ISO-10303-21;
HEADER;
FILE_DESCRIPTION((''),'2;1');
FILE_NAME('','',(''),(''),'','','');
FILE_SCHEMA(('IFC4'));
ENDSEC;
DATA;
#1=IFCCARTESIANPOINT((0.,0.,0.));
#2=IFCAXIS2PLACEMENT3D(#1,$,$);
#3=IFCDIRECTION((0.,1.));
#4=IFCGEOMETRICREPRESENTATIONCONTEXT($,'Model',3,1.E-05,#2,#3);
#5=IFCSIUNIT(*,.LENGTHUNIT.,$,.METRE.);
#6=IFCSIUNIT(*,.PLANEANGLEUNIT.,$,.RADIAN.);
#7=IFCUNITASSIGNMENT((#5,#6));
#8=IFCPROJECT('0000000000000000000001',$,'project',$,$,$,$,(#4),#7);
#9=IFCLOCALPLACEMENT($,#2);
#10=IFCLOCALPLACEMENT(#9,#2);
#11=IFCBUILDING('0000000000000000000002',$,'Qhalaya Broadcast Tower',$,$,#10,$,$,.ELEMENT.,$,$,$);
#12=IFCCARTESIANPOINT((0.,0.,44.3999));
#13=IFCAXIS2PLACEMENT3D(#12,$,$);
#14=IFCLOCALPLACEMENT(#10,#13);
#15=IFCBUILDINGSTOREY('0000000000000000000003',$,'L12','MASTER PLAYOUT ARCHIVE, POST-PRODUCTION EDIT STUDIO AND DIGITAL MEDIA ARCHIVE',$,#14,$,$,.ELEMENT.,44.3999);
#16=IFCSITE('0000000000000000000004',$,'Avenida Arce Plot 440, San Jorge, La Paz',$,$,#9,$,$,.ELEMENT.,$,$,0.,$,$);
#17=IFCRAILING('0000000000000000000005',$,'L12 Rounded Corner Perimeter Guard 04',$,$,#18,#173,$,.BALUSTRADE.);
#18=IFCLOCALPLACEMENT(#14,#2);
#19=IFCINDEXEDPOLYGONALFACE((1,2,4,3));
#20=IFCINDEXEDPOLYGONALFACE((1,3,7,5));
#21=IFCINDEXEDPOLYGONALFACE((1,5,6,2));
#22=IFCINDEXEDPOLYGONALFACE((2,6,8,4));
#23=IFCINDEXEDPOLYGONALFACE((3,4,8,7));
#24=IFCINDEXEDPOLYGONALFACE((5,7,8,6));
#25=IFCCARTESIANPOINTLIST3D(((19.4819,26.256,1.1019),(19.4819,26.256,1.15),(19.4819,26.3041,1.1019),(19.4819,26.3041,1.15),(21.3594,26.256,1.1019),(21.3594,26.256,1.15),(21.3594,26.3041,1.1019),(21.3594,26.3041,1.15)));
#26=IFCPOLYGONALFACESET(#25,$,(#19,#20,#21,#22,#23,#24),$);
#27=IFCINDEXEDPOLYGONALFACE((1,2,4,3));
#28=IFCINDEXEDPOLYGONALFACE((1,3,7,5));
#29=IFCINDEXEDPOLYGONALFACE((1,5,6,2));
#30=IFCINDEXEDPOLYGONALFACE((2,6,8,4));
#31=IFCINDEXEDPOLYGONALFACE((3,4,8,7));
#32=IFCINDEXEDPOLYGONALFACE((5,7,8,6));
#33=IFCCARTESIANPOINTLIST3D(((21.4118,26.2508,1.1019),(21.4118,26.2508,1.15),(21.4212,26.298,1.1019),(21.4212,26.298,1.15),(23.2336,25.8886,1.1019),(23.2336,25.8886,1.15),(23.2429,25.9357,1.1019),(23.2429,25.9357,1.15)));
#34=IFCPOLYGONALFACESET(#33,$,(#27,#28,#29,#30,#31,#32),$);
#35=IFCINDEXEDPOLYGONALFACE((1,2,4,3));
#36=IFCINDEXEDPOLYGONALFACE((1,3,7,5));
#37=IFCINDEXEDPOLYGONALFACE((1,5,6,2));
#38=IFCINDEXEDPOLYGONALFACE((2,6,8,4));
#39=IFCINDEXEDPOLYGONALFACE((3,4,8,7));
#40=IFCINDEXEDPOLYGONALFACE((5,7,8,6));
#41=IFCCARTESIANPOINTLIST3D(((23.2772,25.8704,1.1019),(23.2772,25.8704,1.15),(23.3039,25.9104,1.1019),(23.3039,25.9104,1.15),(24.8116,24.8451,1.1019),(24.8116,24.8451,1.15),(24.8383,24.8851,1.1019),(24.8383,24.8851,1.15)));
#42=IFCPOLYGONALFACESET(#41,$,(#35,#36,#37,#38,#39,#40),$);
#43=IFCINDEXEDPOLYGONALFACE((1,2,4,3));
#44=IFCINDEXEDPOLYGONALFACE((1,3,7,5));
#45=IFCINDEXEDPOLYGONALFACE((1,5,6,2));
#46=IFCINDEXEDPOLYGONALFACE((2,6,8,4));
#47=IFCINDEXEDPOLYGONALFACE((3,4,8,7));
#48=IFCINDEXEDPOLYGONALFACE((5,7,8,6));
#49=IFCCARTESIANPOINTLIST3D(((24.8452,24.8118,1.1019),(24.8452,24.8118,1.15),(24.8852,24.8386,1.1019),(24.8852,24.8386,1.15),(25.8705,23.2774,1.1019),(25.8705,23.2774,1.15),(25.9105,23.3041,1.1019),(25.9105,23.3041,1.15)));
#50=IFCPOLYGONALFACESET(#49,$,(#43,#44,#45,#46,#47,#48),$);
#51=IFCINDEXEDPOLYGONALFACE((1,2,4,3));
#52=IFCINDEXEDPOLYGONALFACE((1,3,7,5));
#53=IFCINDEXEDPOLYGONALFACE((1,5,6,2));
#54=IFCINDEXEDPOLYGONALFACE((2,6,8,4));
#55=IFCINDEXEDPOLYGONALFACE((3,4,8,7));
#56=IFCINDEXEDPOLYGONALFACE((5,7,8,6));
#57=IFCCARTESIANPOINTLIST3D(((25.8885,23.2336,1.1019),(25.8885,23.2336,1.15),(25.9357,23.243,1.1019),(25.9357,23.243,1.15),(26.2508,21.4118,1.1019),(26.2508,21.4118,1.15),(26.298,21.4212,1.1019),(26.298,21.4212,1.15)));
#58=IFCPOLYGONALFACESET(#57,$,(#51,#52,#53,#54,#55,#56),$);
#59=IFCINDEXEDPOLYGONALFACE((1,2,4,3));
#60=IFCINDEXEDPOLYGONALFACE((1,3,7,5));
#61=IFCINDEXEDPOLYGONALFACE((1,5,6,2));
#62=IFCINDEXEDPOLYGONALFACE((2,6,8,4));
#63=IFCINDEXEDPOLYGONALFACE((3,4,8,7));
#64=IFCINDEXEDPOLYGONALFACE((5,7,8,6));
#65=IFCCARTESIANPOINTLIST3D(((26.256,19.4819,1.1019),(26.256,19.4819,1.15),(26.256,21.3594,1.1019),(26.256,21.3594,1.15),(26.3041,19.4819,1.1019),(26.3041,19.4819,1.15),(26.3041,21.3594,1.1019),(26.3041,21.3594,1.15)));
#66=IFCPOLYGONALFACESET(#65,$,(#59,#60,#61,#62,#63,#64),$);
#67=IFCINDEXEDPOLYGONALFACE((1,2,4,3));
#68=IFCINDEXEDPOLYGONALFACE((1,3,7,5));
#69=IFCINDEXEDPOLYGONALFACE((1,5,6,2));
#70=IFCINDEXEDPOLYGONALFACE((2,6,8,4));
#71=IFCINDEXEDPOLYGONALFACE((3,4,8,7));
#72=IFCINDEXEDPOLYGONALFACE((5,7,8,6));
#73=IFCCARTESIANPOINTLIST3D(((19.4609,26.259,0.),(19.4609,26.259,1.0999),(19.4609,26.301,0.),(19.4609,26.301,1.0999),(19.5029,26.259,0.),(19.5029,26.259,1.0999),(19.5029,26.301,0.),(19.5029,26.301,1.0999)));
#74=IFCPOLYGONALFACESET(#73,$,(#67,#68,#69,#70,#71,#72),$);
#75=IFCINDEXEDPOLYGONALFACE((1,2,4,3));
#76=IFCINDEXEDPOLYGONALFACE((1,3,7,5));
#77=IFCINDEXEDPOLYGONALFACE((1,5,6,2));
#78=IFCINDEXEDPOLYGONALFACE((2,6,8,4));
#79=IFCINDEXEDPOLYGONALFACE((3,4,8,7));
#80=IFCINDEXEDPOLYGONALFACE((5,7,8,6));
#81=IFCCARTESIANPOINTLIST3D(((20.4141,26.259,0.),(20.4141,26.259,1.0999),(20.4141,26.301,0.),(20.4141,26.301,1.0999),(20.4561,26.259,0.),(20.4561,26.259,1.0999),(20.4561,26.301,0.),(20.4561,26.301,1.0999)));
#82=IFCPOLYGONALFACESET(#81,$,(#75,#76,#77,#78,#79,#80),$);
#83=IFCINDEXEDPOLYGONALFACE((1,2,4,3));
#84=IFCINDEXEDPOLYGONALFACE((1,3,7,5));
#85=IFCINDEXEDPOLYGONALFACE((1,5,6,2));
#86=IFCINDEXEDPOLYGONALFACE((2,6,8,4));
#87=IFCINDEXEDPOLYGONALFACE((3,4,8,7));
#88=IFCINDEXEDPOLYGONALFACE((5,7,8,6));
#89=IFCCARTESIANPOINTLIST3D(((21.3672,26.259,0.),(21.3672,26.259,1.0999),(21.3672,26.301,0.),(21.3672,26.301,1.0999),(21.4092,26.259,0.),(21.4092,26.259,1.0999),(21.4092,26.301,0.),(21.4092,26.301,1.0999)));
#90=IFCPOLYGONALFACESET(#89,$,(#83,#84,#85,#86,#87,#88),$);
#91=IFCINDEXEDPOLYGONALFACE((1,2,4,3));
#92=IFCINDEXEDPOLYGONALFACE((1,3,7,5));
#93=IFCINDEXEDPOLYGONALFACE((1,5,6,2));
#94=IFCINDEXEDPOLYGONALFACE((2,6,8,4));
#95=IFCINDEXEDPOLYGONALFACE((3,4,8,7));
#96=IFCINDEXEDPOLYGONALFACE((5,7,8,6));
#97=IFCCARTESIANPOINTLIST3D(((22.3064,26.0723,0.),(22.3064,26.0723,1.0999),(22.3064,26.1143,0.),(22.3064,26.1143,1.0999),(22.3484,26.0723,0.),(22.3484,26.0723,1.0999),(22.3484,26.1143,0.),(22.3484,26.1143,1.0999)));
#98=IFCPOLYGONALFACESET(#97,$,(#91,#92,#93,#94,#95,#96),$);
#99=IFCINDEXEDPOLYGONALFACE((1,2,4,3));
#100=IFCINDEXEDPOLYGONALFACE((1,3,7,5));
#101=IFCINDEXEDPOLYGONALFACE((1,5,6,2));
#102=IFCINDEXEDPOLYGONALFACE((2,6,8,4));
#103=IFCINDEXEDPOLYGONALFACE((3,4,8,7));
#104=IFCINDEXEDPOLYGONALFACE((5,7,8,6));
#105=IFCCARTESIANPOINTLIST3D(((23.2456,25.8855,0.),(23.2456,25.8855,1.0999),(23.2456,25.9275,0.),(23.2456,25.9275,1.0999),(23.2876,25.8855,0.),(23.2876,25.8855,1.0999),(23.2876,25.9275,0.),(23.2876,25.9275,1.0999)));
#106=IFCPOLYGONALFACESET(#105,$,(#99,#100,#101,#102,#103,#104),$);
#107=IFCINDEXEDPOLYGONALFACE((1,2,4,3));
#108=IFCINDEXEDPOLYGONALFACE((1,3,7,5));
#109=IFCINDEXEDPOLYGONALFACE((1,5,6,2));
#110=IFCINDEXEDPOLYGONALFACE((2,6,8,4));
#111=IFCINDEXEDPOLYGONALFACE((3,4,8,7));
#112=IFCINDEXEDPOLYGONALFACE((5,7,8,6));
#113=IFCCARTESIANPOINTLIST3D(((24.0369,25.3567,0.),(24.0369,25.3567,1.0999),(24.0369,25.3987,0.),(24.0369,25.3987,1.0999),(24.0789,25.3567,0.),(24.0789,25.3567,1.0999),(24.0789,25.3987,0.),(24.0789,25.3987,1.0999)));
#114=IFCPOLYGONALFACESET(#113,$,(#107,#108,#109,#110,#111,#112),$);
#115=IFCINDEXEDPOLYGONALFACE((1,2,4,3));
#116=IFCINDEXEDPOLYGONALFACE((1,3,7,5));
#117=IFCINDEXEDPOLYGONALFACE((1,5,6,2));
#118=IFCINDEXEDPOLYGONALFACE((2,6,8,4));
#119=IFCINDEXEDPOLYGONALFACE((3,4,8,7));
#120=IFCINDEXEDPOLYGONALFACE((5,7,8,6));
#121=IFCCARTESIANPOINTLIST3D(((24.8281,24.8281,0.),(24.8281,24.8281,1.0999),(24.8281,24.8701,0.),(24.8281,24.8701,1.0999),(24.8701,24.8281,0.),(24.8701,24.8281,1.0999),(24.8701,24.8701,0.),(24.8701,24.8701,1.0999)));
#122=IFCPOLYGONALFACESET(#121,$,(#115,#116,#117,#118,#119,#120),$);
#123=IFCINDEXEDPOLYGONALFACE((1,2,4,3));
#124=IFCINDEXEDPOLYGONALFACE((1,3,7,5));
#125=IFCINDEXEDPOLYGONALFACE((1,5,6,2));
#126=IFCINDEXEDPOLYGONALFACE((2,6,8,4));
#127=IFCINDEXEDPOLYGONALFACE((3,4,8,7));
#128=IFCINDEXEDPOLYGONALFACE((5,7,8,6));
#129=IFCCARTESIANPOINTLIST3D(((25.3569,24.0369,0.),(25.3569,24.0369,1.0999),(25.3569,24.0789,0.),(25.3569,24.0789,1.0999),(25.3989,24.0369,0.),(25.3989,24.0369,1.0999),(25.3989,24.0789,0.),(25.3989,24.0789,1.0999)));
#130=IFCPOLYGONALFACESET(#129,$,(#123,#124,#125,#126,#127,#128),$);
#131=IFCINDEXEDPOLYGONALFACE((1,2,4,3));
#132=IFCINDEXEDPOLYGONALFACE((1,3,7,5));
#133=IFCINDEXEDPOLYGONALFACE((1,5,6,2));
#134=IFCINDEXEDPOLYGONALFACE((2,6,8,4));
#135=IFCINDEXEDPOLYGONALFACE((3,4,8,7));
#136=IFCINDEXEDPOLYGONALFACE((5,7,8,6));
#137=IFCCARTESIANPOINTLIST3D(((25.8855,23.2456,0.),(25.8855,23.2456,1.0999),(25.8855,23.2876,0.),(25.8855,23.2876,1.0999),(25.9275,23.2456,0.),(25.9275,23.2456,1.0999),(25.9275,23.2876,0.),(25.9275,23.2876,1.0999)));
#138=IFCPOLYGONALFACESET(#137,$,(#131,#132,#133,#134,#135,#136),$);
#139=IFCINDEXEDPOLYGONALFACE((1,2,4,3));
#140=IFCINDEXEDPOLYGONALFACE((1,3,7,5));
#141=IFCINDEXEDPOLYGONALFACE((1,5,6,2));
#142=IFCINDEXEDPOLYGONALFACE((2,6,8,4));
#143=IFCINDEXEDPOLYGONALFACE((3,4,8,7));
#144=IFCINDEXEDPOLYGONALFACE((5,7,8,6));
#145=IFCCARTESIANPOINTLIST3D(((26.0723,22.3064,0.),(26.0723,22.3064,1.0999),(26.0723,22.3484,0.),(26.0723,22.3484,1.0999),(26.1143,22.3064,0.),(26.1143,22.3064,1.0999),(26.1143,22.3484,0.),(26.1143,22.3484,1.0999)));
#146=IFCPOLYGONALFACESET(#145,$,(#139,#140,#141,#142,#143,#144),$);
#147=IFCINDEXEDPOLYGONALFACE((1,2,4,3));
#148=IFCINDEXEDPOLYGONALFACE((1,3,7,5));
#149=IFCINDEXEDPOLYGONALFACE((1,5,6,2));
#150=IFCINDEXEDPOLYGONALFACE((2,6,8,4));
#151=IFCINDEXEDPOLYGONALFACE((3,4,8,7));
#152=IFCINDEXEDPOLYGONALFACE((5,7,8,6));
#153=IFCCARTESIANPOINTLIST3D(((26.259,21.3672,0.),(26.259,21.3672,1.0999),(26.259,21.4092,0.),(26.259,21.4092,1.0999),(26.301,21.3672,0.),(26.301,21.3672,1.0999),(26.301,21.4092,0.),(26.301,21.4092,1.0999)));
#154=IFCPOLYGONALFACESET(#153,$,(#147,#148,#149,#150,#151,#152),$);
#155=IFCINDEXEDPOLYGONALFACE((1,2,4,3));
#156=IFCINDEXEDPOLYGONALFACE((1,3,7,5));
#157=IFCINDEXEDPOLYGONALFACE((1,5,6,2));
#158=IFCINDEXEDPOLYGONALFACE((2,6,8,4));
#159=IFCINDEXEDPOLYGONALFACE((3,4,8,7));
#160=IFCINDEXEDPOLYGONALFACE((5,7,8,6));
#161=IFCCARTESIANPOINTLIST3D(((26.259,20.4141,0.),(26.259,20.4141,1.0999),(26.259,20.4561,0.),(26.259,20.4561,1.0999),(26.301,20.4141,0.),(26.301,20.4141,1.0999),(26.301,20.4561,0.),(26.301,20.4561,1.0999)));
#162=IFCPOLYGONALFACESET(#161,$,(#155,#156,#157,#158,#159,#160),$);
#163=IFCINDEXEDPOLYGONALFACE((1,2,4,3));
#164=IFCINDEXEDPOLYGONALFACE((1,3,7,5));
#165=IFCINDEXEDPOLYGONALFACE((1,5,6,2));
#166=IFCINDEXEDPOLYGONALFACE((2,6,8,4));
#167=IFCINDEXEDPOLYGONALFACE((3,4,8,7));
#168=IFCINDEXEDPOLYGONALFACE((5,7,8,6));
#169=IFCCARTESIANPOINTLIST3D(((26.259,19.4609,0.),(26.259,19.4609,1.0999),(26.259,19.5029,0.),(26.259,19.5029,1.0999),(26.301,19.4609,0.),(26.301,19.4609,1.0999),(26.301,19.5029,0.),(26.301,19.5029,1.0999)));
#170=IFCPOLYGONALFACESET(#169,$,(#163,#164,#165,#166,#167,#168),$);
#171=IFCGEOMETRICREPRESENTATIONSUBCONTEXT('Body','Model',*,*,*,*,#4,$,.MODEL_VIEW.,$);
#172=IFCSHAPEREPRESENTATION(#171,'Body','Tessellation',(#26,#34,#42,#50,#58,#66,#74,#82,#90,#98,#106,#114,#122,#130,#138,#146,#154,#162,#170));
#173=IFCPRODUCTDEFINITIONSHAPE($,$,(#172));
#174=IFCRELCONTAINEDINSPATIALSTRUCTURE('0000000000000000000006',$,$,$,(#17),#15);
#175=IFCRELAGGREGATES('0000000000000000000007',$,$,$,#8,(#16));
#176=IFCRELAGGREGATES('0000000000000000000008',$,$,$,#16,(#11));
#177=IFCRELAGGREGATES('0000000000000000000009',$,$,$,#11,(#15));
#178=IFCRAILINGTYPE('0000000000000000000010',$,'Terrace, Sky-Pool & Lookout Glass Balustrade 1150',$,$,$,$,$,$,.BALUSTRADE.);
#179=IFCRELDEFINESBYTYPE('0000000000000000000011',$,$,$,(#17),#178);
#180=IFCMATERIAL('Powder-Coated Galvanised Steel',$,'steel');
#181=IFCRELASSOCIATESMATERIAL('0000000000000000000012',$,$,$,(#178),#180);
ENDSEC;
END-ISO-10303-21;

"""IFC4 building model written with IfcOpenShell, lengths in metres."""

from ifc_helpers import new_model, si_unit, direction, frame, origin, origin_2d, place, context, subcontext, project, spatial, rectangle, extrude, material, type_object, element, save


model = new_model("IFC4")

# Units and contexts
model_context = context("Model", 3, precision=1e-05, world=origin(), true_north=direction((0.0, 1.0)))
body_context = subcontext(model_context, "Body", "Model", "MODEL_VIEW")
ifc_project = project(units=[si_unit("LENGTHUNIT", "METRE"), si_unit("PLANEANGLEUNIT", "RADIAN")], contexts=[model_context])

# Site, building, storey
site_placement = place(None, origin())
site = spatial("IfcSite", under=ifc_project, at=site_placement, Name="Avenida Arce Plot 440, San Jorge, La Paz", CompositionType="ELEMENT", RefElevation=0.0)
building_placement = place(site_placement, origin())
building = spatial("IfcBuilding", under=site, at=building_placement, Name="Qhalaya Broadcast Tower", CompositionType="ELEMENT")
storey_placement = place(building_placement, frame((0.0, 0.0, 44.3999)))
storey = spatial("IfcBuildingStorey", under=building, at=storey_placement, Name="L12", Description="MASTER PLAYOUT ARCHIVE, POST-PRODUCTION EDIT STUDIO AND DIGITAL MEDIA ARCHIVE", CompositionType="ELEMENT", Elevation=44.3999)

# Railing
ifc_material_1 = material(Name="Powder-Coated Galvanised Steel", Category="steel")
railing_type = type_object("IfcRailingType", Name="Terrace, Sky-Pool & Lookout Glass Balustrade 1150", PredefinedType="BALUSTRADE", material=ifc_material_1)
railing_placement = place(storey_placement, frame((19.4819, 26.28, 0.0)))
element("IfcRailing", 1, at=railing_placement, inside=storey, type_object=railing_type, Name="L12 Rounded Corner Perimeter Guard 04", PredefinedType="BALUSTRADE", context=body_context, shape_type="SweptSolid", body=[
    extrude(rectangle(XDim=0.0481, YDim=0.0481, at=origin_2d()), frame((0.0, 0.0, 1.126), z_axis=(1.0, 0.0, 0.0), x_axis=(0.0, 1.0, 0.0)), (0.0, 0.0, 1.0), 1.8774),
    extrude(rectangle(XDim=0.0481, YDim=0.0481, at=origin_2d()), frame((1.9346, -0.0056, 1.126), z_axis=(0.980796, -0.195037, 0.0), x_axis=(0.195037, 0.980796, 0.0)), (0.0, 0.0, 1.0), 1.8574),
    extrude(rectangle(XDim=0.0481, YDim=0.0481, at=origin_2d()), frame((3.8086, -0.3896, 1.126), z_axis=(0.831478, -0.555558, 0.0), x_axis=(0.555558, 0.831478, 0.0)), (0.0, 0.0, 1.0), 1.8455),
    extrude(rectangle(XDim=0.0481, YDim=0.0481, at=origin_2d()), frame((5.3833, -1.4548, 1.126), z_axis=(0.555558, -0.831478, 0.0), x_axis=(0.831478, 0.555558, 0.0)), (0.0, 0.0, 1.0), 1.8455),
    extrude(rectangle(XDim=0.0481, YDim=0.0481, at=origin_2d()), frame((6.4302, -3.0417, 1.126), z_axis=(0.195037, -0.980796, 0.0), x_axis=(0.980796, 0.195037, 0.0)), (0.0, 0.0, 1.0), 1.8574),
    extrude(rectangle(XDim=0.0481, YDim=0.0481, at=origin_2d()), frame((6.7981, -4.9207, 1.126), z_axis=(0.0, -1.0, 0.0), x_axis=(1.0, 0.0, 0.0)), (0.0, 0.0, 1.0), 1.8774),
    extrude(rectangle(XDim=0.042, YDim=0.042, at=origin_2d()), origin(), (0.0, 0.0, 1.0), 1.0999),
    extrude(rectangle(XDim=0.042, YDim=0.042, at=origin_2d()), frame((0.9531, 0.0, 0.0)), (0.0, 0.0, 1.0), 1.0999),
    extrude(rectangle(XDim=0.042, YDim=0.042, at=origin_2d()), frame((1.9062, 0.0, 0.0)), (0.0, 0.0, 1.0), 1.0999),
    extrude(rectangle(XDim=0.042, YDim=0.042, at=origin_2d()), frame((2.8455, -0.1868, 0.0)), (0.0, 0.0, 1.0), 1.0999),
    extrude(rectangle(XDim=0.042, YDim=0.042, at=origin_2d()), frame((3.7847, -0.3735, 0.0)), (0.0, 0.0, 1.0), 1.0999),
    extrude(rectangle(XDim=0.042, YDim=0.042, at=origin_2d()), frame((4.5759, -0.9023, 0.0)), (0.0, 0.0, 1.0), 1.0999),
    extrude(rectangle(XDim=0.042, YDim=0.042, at=origin_2d()), frame((5.3672, -1.4309, 0.0)), (0.0, 0.0, 1.0), 1.0999),
    extrude(rectangle(XDim=0.042, YDim=0.042, at=origin_2d()), frame((5.896, -2.2222, 0.0)), (0.0, 0.0, 1.0), 1.0999),
    extrude(rectangle(XDim=0.042, YDim=0.042, at=origin_2d()), frame((6.4246, -3.0134, 0.0)), (0.0, 0.0, 1.0), 1.0999),
    extrude(rectangle(XDim=0.042, YDim=0.042, at=origin_2d()), frame((6.6113, -3.9526, 0.0)), (0.0, 0.0, 1.0), 1.0999),
    extrude(rectangle(XDim=0.042, YDim=0.042, at=origin_2d()), frame((6.7981, -4.8918, 0.0)), (0.0, 0.0, 1.0), 1.0999),
    extrude(rectangle(XDim=0.042, YDim=0.042, at=origin_2d()), frame((6.7981, -5.845, 0.0)), (0.0, 0.0, 1.0), 1.0999),
    extrude(rectangle(XDim=0.042, YDim=0.042, at=origin_2d()), frame((6.7981, -6.7981, 0.0)), (0.0, 0.0, 1.0), 1.0999),
])

save(model, "model.ifc")
